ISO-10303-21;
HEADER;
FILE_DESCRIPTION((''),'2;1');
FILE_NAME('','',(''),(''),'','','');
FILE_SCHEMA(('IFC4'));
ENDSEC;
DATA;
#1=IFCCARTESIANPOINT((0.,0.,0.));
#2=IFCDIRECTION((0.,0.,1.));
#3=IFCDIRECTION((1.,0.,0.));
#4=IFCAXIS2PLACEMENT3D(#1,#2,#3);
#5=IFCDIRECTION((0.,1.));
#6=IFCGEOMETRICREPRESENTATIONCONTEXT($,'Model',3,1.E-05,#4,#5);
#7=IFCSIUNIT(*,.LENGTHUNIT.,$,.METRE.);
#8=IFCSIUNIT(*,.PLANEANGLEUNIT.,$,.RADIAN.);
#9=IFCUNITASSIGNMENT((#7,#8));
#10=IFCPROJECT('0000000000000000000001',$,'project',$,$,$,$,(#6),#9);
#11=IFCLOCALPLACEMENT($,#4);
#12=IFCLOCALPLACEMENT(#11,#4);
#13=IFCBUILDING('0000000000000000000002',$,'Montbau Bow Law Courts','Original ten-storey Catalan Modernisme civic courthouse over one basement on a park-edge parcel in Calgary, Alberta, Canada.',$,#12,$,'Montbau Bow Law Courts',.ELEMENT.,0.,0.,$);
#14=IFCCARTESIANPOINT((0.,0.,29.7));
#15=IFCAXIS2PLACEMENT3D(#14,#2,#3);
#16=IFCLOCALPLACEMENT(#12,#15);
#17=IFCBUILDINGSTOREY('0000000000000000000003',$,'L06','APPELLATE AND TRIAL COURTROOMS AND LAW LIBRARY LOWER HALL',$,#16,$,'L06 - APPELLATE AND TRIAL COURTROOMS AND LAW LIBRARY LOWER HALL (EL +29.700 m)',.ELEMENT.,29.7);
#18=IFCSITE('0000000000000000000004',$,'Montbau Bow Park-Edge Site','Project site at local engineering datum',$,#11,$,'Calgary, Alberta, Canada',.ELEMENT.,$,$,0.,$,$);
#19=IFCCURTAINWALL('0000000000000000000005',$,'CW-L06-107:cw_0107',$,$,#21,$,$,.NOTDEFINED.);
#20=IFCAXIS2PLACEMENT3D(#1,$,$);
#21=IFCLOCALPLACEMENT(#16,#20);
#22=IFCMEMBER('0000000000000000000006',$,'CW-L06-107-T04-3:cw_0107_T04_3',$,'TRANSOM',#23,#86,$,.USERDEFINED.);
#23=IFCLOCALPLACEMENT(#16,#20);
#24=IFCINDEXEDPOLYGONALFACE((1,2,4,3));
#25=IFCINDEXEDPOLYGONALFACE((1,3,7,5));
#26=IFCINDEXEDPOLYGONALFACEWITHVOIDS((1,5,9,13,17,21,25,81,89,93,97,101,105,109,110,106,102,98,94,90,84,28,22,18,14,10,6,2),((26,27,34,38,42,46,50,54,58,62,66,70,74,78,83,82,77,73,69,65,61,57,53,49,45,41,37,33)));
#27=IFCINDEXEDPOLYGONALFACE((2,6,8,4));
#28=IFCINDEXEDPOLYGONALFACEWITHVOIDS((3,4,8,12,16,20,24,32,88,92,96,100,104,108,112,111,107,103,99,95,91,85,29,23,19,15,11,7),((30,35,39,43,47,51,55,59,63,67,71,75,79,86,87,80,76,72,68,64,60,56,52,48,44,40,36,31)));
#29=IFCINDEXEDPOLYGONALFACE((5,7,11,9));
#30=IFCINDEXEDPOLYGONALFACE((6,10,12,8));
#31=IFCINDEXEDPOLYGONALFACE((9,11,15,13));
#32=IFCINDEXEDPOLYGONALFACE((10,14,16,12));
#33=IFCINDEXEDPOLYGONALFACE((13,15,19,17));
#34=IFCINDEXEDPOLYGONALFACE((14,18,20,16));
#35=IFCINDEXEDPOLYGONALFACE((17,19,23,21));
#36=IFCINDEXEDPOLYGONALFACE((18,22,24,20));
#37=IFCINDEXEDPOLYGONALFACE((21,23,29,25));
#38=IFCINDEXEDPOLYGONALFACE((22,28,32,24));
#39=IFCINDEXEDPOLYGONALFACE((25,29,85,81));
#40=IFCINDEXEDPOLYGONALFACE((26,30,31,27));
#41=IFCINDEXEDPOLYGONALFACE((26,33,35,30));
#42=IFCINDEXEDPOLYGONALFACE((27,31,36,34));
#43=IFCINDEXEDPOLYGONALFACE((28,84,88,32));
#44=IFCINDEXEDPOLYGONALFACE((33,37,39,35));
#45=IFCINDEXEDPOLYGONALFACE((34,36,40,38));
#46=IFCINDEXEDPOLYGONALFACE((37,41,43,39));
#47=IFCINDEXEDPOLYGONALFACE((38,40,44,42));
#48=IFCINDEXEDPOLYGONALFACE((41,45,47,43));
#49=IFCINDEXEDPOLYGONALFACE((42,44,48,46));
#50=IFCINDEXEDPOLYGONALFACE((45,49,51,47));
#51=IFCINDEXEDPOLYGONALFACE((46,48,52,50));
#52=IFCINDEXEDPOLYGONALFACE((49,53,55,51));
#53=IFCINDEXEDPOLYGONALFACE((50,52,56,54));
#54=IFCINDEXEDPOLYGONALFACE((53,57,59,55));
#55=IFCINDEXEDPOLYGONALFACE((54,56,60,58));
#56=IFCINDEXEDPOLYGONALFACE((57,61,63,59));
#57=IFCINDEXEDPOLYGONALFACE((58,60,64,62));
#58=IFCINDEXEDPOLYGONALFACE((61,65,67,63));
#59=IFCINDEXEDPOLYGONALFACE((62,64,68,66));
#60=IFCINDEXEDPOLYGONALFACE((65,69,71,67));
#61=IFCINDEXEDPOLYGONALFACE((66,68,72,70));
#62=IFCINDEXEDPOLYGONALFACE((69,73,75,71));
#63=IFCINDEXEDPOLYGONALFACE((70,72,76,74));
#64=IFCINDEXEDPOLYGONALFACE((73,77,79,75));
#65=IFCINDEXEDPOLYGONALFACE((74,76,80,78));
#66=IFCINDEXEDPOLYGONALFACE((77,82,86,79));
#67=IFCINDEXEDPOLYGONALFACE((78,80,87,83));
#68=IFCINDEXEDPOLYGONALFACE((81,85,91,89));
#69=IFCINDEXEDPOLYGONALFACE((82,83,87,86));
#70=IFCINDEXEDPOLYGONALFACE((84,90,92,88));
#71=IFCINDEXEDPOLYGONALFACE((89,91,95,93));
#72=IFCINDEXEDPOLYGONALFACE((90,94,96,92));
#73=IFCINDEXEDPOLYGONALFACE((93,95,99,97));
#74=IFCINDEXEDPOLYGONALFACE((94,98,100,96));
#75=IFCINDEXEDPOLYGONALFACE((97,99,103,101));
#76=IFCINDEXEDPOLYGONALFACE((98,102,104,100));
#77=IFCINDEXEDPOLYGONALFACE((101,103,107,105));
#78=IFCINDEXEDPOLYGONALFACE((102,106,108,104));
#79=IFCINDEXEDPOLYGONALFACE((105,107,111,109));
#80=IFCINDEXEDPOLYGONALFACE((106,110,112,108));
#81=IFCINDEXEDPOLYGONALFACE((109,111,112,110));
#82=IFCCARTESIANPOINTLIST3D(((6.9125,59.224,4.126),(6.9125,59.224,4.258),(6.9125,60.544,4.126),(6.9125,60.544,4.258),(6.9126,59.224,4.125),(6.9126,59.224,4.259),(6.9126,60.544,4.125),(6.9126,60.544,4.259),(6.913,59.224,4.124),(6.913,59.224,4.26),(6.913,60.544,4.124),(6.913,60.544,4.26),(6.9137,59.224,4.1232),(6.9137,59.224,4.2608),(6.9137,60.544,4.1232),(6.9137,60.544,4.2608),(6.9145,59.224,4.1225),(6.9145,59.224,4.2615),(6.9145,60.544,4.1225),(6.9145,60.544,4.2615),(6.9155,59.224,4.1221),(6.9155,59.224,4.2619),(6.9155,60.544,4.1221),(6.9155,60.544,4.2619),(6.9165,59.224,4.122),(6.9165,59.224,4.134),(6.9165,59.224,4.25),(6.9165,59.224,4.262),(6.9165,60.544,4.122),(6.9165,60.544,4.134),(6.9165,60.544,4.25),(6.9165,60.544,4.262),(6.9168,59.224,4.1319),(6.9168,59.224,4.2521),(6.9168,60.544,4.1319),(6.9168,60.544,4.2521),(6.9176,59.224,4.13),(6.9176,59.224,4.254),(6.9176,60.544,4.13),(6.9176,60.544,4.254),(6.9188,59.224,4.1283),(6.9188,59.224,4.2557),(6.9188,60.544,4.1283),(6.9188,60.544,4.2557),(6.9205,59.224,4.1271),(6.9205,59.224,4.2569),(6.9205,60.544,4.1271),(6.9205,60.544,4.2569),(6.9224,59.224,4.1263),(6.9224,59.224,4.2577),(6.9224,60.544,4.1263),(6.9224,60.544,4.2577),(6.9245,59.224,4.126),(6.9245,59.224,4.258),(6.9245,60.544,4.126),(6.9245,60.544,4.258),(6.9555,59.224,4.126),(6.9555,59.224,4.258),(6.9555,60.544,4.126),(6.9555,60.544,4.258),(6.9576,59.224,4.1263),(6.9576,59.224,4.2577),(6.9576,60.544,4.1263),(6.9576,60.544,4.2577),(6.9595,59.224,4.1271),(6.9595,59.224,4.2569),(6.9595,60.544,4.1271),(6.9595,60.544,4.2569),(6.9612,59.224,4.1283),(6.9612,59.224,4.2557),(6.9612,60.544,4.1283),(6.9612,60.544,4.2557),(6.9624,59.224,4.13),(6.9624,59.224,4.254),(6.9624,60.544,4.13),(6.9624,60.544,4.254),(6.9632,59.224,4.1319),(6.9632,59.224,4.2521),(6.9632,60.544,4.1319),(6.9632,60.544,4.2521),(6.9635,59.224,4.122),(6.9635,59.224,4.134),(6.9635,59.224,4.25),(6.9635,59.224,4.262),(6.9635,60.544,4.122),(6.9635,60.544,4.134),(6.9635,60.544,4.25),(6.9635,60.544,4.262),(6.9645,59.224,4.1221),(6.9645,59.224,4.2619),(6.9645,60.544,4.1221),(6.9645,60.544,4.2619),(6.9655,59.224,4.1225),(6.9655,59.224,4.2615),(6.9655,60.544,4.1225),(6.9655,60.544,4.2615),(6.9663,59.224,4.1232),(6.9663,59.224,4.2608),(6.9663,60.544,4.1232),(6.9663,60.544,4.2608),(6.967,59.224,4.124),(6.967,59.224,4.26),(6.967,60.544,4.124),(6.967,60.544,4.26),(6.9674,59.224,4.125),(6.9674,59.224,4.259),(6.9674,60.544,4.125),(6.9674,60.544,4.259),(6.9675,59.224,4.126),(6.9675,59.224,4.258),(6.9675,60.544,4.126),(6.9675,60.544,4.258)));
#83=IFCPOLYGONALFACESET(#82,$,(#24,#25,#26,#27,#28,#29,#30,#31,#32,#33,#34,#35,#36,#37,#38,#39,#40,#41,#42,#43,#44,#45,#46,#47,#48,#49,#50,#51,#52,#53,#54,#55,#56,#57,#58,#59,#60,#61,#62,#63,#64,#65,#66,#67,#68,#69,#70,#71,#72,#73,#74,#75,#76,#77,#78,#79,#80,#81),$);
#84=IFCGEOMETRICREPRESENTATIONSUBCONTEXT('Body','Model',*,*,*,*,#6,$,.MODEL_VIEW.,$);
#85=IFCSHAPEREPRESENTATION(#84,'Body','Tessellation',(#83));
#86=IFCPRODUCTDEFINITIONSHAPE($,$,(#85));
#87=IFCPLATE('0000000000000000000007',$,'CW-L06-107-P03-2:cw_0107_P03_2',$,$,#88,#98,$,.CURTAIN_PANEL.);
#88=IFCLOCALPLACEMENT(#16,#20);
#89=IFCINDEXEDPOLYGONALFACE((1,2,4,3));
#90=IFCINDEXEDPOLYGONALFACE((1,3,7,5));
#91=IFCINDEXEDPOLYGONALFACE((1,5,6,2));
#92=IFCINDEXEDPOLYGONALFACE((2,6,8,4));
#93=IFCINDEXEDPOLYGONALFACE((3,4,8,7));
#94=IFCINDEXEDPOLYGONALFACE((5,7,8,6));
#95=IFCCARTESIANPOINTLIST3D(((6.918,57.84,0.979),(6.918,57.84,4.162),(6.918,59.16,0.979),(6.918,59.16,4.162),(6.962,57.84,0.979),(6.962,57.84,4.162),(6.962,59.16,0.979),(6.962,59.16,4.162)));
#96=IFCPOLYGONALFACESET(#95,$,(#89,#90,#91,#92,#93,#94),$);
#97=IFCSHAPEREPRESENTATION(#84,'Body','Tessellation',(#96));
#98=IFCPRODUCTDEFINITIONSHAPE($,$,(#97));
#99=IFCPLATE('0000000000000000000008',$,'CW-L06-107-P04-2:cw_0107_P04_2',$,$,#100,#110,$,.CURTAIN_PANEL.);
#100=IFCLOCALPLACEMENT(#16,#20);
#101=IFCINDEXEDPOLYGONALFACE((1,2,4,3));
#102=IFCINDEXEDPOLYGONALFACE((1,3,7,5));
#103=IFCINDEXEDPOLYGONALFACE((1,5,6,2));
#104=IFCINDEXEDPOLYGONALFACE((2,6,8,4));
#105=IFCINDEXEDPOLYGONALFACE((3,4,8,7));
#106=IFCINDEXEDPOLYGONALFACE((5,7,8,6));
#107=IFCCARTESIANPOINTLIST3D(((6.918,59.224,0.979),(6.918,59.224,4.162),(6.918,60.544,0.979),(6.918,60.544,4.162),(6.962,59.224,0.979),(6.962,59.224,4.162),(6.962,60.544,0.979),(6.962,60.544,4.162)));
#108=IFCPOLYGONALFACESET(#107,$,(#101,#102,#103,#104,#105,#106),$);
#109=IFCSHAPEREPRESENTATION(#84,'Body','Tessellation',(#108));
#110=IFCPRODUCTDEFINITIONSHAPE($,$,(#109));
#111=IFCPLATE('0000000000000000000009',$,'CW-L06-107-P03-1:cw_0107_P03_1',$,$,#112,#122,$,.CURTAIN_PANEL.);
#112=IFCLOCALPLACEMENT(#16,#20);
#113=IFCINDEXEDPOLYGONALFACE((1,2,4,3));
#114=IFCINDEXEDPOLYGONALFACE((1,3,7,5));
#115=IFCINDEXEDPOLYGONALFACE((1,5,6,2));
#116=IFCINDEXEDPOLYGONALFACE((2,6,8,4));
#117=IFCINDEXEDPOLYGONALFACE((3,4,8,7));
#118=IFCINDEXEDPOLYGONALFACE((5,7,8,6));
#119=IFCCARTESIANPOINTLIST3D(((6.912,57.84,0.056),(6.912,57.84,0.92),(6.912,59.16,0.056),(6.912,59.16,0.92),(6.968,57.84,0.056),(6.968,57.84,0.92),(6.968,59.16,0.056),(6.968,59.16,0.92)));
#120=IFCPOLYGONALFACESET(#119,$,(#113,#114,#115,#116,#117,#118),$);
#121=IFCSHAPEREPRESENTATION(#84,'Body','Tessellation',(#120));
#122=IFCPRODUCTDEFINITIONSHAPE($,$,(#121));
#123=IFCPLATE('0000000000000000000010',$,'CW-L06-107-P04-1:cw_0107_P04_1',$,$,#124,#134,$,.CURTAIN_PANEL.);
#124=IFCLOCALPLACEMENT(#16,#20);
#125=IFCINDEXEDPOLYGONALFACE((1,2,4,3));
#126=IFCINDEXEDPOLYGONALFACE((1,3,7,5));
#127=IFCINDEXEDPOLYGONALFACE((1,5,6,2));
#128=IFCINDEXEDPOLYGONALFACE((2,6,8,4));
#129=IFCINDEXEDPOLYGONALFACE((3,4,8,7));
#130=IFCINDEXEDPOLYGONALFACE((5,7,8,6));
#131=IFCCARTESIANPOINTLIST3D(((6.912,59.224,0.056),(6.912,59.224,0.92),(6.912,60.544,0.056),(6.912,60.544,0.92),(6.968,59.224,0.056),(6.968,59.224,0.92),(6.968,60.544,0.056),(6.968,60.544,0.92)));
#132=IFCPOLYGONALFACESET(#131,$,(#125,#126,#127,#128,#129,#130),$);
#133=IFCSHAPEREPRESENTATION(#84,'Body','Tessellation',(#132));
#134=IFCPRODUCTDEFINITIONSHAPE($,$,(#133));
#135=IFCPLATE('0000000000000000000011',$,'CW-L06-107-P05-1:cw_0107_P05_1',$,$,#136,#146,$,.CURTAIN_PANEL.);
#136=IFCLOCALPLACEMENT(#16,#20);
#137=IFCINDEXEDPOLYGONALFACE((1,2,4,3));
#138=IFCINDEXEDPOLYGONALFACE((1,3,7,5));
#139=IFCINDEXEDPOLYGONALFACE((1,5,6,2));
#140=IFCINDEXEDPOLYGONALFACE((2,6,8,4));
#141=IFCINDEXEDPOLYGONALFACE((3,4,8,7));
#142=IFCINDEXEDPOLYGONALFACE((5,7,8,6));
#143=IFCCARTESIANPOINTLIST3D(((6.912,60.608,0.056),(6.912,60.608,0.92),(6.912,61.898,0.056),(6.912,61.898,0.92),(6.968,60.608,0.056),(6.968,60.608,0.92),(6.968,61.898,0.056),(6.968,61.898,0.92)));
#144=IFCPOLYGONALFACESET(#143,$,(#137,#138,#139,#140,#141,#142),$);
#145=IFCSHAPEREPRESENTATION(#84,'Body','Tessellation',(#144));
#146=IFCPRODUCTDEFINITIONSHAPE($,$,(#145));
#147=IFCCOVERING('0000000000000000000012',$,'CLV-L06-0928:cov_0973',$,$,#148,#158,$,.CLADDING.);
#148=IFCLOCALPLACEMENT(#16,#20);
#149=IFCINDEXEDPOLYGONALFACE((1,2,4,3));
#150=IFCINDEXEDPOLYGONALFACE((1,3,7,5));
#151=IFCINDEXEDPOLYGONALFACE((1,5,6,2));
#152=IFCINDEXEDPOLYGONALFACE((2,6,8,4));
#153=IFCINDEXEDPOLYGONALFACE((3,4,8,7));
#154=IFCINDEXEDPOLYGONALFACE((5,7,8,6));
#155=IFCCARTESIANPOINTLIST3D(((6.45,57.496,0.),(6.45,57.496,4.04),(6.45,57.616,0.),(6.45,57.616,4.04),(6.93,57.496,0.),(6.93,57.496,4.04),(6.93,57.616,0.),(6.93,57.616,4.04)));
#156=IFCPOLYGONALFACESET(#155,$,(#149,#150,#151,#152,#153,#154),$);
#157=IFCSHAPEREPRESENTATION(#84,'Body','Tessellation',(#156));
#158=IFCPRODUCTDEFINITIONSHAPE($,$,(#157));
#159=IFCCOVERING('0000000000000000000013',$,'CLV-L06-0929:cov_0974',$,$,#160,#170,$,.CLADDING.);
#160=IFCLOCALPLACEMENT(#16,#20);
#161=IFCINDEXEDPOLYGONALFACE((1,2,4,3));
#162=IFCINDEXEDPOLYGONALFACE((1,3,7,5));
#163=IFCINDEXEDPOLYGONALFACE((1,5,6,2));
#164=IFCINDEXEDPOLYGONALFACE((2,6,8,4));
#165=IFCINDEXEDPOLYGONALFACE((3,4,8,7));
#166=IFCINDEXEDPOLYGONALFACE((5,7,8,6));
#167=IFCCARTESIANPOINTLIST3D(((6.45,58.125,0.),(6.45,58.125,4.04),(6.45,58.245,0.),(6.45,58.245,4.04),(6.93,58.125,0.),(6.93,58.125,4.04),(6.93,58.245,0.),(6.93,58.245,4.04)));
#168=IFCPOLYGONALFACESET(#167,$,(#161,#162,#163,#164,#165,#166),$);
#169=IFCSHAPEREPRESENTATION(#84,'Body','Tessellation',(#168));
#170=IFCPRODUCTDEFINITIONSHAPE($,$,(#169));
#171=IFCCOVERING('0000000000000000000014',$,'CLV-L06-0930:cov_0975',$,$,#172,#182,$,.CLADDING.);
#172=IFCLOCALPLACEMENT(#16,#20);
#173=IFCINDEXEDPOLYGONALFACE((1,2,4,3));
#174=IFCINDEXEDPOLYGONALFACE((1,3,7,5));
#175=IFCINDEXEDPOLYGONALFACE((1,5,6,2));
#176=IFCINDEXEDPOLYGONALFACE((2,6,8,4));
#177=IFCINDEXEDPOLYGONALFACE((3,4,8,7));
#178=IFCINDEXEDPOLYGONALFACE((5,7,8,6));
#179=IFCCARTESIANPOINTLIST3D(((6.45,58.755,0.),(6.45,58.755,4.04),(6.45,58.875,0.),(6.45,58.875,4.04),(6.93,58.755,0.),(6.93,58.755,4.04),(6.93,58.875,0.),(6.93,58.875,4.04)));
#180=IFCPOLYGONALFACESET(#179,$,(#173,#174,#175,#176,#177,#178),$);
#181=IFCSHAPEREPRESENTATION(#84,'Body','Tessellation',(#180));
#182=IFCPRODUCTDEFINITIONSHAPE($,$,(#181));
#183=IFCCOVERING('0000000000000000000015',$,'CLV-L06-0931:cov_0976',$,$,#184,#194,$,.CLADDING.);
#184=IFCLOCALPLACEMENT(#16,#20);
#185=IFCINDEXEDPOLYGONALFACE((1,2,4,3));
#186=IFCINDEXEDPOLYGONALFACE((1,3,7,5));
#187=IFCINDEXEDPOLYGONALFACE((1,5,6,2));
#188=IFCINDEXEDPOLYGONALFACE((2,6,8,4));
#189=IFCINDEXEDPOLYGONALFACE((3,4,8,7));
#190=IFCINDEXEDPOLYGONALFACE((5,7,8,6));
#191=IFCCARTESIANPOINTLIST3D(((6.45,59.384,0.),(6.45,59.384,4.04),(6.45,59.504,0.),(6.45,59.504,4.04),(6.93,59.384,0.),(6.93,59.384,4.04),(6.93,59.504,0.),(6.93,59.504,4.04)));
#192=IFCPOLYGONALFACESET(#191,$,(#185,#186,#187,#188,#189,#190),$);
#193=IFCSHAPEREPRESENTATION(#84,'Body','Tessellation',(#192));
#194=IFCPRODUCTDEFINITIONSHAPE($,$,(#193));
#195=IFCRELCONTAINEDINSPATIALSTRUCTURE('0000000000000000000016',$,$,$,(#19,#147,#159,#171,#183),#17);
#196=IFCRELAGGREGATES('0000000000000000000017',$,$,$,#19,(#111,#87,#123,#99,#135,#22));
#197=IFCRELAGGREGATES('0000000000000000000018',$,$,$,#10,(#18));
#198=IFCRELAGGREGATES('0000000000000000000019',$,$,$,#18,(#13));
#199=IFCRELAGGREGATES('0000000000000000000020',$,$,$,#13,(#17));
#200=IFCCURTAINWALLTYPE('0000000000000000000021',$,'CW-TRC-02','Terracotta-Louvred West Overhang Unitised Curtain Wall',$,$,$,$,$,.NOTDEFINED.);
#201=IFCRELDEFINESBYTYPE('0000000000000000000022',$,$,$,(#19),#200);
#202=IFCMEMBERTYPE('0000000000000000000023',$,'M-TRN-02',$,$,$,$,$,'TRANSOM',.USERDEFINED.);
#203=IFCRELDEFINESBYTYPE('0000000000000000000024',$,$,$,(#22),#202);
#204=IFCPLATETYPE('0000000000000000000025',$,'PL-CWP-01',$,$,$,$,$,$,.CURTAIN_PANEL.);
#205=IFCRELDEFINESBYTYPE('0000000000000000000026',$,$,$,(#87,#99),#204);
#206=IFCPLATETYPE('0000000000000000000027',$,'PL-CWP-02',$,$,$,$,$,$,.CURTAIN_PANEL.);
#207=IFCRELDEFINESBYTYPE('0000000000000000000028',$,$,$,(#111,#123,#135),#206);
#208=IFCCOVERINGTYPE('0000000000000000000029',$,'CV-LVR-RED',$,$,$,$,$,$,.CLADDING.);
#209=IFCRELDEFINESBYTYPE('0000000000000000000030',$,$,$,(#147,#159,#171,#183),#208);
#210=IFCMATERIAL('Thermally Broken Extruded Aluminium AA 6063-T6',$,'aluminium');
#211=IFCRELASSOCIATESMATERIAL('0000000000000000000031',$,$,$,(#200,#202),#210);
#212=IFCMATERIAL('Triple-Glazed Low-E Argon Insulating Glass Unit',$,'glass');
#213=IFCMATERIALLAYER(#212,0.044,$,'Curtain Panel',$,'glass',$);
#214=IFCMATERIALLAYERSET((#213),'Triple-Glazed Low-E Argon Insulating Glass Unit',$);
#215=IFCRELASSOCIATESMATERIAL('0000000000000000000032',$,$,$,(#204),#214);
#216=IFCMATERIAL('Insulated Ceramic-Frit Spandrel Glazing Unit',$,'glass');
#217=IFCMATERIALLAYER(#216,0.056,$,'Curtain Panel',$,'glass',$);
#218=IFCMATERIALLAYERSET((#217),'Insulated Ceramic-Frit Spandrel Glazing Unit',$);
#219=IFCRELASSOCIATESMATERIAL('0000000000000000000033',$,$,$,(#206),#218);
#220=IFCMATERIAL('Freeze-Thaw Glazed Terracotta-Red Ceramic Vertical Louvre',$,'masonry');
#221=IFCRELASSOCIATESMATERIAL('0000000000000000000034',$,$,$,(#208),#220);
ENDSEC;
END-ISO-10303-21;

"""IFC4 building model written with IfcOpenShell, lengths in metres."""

from ifc_helpers import new_model, si_unit, direction, frame, frame_2d, origin_with_axes, origin_2d_with_axis, place, context, subcontext, project, spatial, rectangle, hollow_rectangle, extrude, material, layer, layer_set, material_profile, profile_set, type_object, element, aggregate, save


model = new_model("IFC4")

# Units and contexts
model_context = context("Model", 3, precision=1e-05, world=origin_with_axes(), true_north=direction((0.0, 1.0)))
body_context = subcontext(model_context, "Body", "Model", "MODEL_VIEW")
ifc_project = project(units=[si_unit("LENGTHUNIT", "METRE"), si_unit("PLANEANGLEUNIT", "RADIAN")], contexts=[model_context])

# Site, building, storey
site_placement = place(None, origin_with_axes())
site = spatial("IfcSite", under=ifc_project, at=site_placement, Name="Montbau Bow Park-Edge Site", Description="Project site at local engineering datum", LongName="Calgary, Alberta, Canada", CompositionType="ELEMENT", RefElevation=0.0)
building_placement = place(site_placement, origin_with_axes())
building = spatial("IfcBuilding", under=site, at=building_placement, Name="Montbau Bow Law Courts", Description="Original ten-storey Catalan Modernisme civic courthouse over one basement on a park-edge parcel in Calgary, Alberta, Canada.", LongName="Montbau Bow Law Courts", CompositionType="ELEMENT", ElevationOfRefHeight=0.0, ElevationOfTerrain=0.0)
storey_placement = place(building_placement, frame((0.0, 0.0, 29.7), z_axis=(0.0, 0.0, 1.0), x_axis=(1.0, 0.0, 0.0)))
storey = spatial("IfcBuildingStorey", under=building, at=storey_placement, Name="L06", Description="APPELLATE AND TRIAL COURTROOMS AND LAW LIBRARY LOWER HALL", LongName="L06 - APPELLATE AND TRIAL COURTROOMS AND LAW LIBRARY LOWER HALL (EL +29.700 m)", CompositionType="ELEMENT", Elevation=29.7)

# Curtain wall, member, plates
ifc_material_1 = material(Name="Thermally Broken Extruded Aluminium AA 6063-T6", Category="aluminium")
curtain_wall_type = type_object("IfcCurtainWallType", Name="CW-TRC-02", Description="Terracotta-Louvred West Overhang Unitised Curtain Wall", PredefinedType="NOTDEFINED", material=ifc_material_1)
curtain_wall_placement = place(None, frame((6.94, 55.04, 29.7), z_axis=(0.0, 0.0, 1.0), x_axis=(1.0, 0.0, 0.0)))
curtain_wall = element("IfcCurtainWall", 1, at=curtain_wall_placement, inside=storey, type_object=curtain_wall_type, Name="CW-L06-107:cw_0107", PredefinedType="NOTDEFINED")
ifc_material_profile_1 = material_profile(ifc_material_1, hollow_rectangle(XDim=0.055, YDim=0.14, WallThickness=0.004, InnerFilletRadius=0.008, OuterFilletRadius=0.004, at=origin_2d_with_axis()), Name="CWT-140X55", Category="Main", Priority=0)
ifc_profile_set_1 = profile_set([ifc_material_profile_1], Name="Thermally Broken Extruded Aluminium AA 6063-T6")
member_type_1 = type_object("IfcMemberType", Name="M-TRN-02", ElementType="TRANSOM", PredefinedType="USERDEFINED", material=ifc_profile_set_1)
member_1_placement = place(None, frame((6.94, 59.224, 33.892), z_axis=(0.0, 1.0, 0.0), x_axis=(-1.0, 0.0, 0.0)))
member_1 = element("IfcMember", 2, at=member_1_placement, type_object=member_type_1, Name="CW-L06-107-T04-3:cw_0107_T04_3", ObjectType="TRANSOM", PredefinedType="USERDEFINED", context=body_context, shape_type="SweptSolid", body=[
    extrude(hollow_rectangle(XDim=0.055, YDim=0.14, WallThickness=0.004, InnerFilletRadius=0.008, OuterFilletRadius=0.004, at=origin_2d_with_axis()), origin_with_axes(), (0.0, 0.0, 1.0), 1.32),
])
ifc_material_2 = material(Name="Triple-Glazed Low-E Argon Insulating Glass Unit", Category="glass")
ifc_layer_1 = layer(ifc_material_2, 0.044, Name="Curtain Panel", Category="glass")
ifc_layer_set_1 = layer_set([ifc_layer_1], Name="Triple-Glazed Low-E Argon Insulating Glass Unit")
plate_type_1 = type_object("IfcPlateType", Name="PL-CWP-01", PredefinedType="CURTAIN_PANEL", material=ifc_layer_set_1)
plate_1_placement = place(None, frame((6.94, 57.84, 30.679), z_axis=(1.0, 0.0, 0.0), x_axis=(0.0, 1.0, 0.0)))
plate_1 = element("IfcPlate", 3, at=plate_1_placement, type_object=plate_type_1, Name="CW-L06-107-P03-2:cw_0107_P03_2", PredefinedType="CURTAIN_PANEL", context=body_context, shape_type="SweptSolid", body=[
    extrude(rectangle(XDim=1.32, YDim=3.183, at=frame_2d((0.66, 1.5915), x_axis=(1.0, 0.0))), frame((0.0, 0.0, -0.022), z_axis=(0.0, 0.0, 1.0), x_axis=(1.0, 0.0, 0.0)), (0.0, 0.0, 1.0), 0.044),
])
plate_2_placement = place(None, frame((6.94, 59.224, 30.679), z_axis=(1.0, 0.0, 0.0), x_axis=(0.0, 1.0, 0.0)))
plate_2 = element("IfcPlate", 4, at=plate_2_placement, type_object=plate_type_1, Name="CW-L06-107-P04-2:cw_0107_P04_2", PredefinedType="CURTAIN_PANEL", context=body_context, shape_type="SweptSolid", body=[
    extrude(rectangle(XDim=1.32, YDim=3.183, at=frame_2d((0.66, 1.5915), x_axis=(1.0, 0.0))), frame((0.0, 0.0, -0.022), z_axis=(0.0, 0.0, 1.0), x_axis=(1.0, 0.0, 0.0)), (0.0, 0.0, 1.0), 0.044),
])
ifc_material_3 = material(Name="Insulated Ceramic-Frit Spandrel Glazing Unit", Category="glass")
ifc_layer_2 = layer(ifc_material_3, 0.056, Name="Curtain Panel", Category="glass")
ifc_layer_set_2 = layer_set([ifc_layer_2], Name="Insulated Ceramic-Frit Spandrel Glazing Unit")
plate_type_2 = type_object("IfcPlateType", Name="PL-CWP-02", PredefinedType="CURTAIN_PANEL", material=ifc_layer_set_2)
plate_3_placement = place(None, frame((6.94, 57.84, 29.756), z_axis=(1.0, 0.0, 0.0), x_axis=(0.0, 1.0, 0.0)))
plate_3 = element("IfcPlate", 5, at=plate_3_placement, type_object=plate_type_2, Name="CW-L06-107-P03-1:cw_0107_P03_1", PredefinedType="CURTAIN_PANEL", context=body_context, shape_type="SweptSolid", body=[
    extrude(rectangle(XDim=1.32, YDim=0.864, at=frame_2d((0.66, 0.432), x_axis=(1.0, 0.0))), frame((0.0, 0.0, -0.028), z_axis=(0.0, 0.0, 1.0), x_axis=(1.0, 0.0, 0.0)), (0.0, 0.0, 1.0), 0.056),
])
plate_4_placement = place(None, frame((6.94, 59.224, 29.756), z_axis=(1.0, 0.0, 0.0), x_axis=(0.0, 1.0, 0.0)))
plate_4 = element("IfcPlate", 6, at=plate_4_placement, type_object=plate_type_2, Name="CW-L06-107-P04-1:cw_0107_P04_1", PredefinedType="CURTAIN_PANEL", context=body_context, shape_type="SweptSolid", body=[
    extrude(rectangle(XDim=1.32, YDim=0.864, at=frame_2d((0.66, 0.432), x_axis=(1.0, 0.0))), frame((0.0, 0.0, -0.028), z_axis=(0.0, 0.0, 1.0), x_axis=(1.0, 0.0, 0.0)), (0.0, 0.0, 1.0), 0.056),
])
plate_5_placement = place(None, frame((6.94, 60.608, 29.756), z_axis=(1.0, 0.0, 0.0), x_axis=(0.0, 1.0, 0.0)))
plate_5 = element("IfcPlate", 7, at=plate_5_placement, type_object=plate_type_2, Name="CW-L06-107-P05-1:cw_0107_P05_1", PredefinedType="CURTAIN_PANEL", context=body_context, shape_type="SweptSolid", body=[
    extrude(rectangle(XDim=1.29, YDim=0.864, at=frame_2d((0.645, 0.432), x_axis=(1.0, 0.0))), frame((0.0, 0.0, -0.028), z_axis=(0.0, 0.0, 1.0), x_axis=(1.0, 0.0, 0.0)), (0.0, 0.0, 1.0), 0.056),
])
aggregate(curtain_wall, [plate_3, plate_1, plate_4, plate_2, plate_5, member_1])

# Coverings
ifc_material_4 = material(Name="Freeze-Thaw Glazed Terracotta-Red Ceramic Vertical Louvre", Category="masonry")
covering_type = type_object("IfcCoveringType", Name="CV-LVR-RED", PredefinedType="CLADDING", material=ifc_material_4)
for number, where, z_axis, x_axis, name in (
    (8, (6.93, 57.556, 29.7), (0.0, 1.0, 0.0), (-1.0, 0.0, 0.0), "CLV-L06-0928:cov_0973"),
    (9, (6.93, 58.185, 29.7), (0.0, 1.0, 0.0), (-1.0, 0.0, 0.0), "CLV-L06-0929:cov_0974"),
    (10, (6.93, 58.815, 29.7), (0.0, 1.0, 0.0), (-1.0, 0.0, 0.0), "CLV-L06-0930:cov_0975"),
    (11, (6.93, 59.444, 29.7), (0.0, 1.0, 0.0), (-1.0, 0.0, 0.0), "CLV-L06-0931:cov_0976"),
):
    element("IfcCovering", number, at=place(None, frame(where, z_axis=z_axis, x_axis=x_axis)), inside=storey, type_object=covering_type, Name=name, PredefinedType="CLADDING", context=body_context, shape_type="SweptSolid", body=[
        extrude(rectangle(XDim=0.48, YDim=4.04, at=frame_2d((0.24, 2.02), x_axis=(1.0, 0.0))), frame((0.0, 0.0, -0.06), z_axis=(0.0, 0.0, 1.0), x_axis=(1.0, 0.0, 0.0)), (0.0, 0.0, 1.0), 0.12),
    ])

save(model, "model.ifc")
